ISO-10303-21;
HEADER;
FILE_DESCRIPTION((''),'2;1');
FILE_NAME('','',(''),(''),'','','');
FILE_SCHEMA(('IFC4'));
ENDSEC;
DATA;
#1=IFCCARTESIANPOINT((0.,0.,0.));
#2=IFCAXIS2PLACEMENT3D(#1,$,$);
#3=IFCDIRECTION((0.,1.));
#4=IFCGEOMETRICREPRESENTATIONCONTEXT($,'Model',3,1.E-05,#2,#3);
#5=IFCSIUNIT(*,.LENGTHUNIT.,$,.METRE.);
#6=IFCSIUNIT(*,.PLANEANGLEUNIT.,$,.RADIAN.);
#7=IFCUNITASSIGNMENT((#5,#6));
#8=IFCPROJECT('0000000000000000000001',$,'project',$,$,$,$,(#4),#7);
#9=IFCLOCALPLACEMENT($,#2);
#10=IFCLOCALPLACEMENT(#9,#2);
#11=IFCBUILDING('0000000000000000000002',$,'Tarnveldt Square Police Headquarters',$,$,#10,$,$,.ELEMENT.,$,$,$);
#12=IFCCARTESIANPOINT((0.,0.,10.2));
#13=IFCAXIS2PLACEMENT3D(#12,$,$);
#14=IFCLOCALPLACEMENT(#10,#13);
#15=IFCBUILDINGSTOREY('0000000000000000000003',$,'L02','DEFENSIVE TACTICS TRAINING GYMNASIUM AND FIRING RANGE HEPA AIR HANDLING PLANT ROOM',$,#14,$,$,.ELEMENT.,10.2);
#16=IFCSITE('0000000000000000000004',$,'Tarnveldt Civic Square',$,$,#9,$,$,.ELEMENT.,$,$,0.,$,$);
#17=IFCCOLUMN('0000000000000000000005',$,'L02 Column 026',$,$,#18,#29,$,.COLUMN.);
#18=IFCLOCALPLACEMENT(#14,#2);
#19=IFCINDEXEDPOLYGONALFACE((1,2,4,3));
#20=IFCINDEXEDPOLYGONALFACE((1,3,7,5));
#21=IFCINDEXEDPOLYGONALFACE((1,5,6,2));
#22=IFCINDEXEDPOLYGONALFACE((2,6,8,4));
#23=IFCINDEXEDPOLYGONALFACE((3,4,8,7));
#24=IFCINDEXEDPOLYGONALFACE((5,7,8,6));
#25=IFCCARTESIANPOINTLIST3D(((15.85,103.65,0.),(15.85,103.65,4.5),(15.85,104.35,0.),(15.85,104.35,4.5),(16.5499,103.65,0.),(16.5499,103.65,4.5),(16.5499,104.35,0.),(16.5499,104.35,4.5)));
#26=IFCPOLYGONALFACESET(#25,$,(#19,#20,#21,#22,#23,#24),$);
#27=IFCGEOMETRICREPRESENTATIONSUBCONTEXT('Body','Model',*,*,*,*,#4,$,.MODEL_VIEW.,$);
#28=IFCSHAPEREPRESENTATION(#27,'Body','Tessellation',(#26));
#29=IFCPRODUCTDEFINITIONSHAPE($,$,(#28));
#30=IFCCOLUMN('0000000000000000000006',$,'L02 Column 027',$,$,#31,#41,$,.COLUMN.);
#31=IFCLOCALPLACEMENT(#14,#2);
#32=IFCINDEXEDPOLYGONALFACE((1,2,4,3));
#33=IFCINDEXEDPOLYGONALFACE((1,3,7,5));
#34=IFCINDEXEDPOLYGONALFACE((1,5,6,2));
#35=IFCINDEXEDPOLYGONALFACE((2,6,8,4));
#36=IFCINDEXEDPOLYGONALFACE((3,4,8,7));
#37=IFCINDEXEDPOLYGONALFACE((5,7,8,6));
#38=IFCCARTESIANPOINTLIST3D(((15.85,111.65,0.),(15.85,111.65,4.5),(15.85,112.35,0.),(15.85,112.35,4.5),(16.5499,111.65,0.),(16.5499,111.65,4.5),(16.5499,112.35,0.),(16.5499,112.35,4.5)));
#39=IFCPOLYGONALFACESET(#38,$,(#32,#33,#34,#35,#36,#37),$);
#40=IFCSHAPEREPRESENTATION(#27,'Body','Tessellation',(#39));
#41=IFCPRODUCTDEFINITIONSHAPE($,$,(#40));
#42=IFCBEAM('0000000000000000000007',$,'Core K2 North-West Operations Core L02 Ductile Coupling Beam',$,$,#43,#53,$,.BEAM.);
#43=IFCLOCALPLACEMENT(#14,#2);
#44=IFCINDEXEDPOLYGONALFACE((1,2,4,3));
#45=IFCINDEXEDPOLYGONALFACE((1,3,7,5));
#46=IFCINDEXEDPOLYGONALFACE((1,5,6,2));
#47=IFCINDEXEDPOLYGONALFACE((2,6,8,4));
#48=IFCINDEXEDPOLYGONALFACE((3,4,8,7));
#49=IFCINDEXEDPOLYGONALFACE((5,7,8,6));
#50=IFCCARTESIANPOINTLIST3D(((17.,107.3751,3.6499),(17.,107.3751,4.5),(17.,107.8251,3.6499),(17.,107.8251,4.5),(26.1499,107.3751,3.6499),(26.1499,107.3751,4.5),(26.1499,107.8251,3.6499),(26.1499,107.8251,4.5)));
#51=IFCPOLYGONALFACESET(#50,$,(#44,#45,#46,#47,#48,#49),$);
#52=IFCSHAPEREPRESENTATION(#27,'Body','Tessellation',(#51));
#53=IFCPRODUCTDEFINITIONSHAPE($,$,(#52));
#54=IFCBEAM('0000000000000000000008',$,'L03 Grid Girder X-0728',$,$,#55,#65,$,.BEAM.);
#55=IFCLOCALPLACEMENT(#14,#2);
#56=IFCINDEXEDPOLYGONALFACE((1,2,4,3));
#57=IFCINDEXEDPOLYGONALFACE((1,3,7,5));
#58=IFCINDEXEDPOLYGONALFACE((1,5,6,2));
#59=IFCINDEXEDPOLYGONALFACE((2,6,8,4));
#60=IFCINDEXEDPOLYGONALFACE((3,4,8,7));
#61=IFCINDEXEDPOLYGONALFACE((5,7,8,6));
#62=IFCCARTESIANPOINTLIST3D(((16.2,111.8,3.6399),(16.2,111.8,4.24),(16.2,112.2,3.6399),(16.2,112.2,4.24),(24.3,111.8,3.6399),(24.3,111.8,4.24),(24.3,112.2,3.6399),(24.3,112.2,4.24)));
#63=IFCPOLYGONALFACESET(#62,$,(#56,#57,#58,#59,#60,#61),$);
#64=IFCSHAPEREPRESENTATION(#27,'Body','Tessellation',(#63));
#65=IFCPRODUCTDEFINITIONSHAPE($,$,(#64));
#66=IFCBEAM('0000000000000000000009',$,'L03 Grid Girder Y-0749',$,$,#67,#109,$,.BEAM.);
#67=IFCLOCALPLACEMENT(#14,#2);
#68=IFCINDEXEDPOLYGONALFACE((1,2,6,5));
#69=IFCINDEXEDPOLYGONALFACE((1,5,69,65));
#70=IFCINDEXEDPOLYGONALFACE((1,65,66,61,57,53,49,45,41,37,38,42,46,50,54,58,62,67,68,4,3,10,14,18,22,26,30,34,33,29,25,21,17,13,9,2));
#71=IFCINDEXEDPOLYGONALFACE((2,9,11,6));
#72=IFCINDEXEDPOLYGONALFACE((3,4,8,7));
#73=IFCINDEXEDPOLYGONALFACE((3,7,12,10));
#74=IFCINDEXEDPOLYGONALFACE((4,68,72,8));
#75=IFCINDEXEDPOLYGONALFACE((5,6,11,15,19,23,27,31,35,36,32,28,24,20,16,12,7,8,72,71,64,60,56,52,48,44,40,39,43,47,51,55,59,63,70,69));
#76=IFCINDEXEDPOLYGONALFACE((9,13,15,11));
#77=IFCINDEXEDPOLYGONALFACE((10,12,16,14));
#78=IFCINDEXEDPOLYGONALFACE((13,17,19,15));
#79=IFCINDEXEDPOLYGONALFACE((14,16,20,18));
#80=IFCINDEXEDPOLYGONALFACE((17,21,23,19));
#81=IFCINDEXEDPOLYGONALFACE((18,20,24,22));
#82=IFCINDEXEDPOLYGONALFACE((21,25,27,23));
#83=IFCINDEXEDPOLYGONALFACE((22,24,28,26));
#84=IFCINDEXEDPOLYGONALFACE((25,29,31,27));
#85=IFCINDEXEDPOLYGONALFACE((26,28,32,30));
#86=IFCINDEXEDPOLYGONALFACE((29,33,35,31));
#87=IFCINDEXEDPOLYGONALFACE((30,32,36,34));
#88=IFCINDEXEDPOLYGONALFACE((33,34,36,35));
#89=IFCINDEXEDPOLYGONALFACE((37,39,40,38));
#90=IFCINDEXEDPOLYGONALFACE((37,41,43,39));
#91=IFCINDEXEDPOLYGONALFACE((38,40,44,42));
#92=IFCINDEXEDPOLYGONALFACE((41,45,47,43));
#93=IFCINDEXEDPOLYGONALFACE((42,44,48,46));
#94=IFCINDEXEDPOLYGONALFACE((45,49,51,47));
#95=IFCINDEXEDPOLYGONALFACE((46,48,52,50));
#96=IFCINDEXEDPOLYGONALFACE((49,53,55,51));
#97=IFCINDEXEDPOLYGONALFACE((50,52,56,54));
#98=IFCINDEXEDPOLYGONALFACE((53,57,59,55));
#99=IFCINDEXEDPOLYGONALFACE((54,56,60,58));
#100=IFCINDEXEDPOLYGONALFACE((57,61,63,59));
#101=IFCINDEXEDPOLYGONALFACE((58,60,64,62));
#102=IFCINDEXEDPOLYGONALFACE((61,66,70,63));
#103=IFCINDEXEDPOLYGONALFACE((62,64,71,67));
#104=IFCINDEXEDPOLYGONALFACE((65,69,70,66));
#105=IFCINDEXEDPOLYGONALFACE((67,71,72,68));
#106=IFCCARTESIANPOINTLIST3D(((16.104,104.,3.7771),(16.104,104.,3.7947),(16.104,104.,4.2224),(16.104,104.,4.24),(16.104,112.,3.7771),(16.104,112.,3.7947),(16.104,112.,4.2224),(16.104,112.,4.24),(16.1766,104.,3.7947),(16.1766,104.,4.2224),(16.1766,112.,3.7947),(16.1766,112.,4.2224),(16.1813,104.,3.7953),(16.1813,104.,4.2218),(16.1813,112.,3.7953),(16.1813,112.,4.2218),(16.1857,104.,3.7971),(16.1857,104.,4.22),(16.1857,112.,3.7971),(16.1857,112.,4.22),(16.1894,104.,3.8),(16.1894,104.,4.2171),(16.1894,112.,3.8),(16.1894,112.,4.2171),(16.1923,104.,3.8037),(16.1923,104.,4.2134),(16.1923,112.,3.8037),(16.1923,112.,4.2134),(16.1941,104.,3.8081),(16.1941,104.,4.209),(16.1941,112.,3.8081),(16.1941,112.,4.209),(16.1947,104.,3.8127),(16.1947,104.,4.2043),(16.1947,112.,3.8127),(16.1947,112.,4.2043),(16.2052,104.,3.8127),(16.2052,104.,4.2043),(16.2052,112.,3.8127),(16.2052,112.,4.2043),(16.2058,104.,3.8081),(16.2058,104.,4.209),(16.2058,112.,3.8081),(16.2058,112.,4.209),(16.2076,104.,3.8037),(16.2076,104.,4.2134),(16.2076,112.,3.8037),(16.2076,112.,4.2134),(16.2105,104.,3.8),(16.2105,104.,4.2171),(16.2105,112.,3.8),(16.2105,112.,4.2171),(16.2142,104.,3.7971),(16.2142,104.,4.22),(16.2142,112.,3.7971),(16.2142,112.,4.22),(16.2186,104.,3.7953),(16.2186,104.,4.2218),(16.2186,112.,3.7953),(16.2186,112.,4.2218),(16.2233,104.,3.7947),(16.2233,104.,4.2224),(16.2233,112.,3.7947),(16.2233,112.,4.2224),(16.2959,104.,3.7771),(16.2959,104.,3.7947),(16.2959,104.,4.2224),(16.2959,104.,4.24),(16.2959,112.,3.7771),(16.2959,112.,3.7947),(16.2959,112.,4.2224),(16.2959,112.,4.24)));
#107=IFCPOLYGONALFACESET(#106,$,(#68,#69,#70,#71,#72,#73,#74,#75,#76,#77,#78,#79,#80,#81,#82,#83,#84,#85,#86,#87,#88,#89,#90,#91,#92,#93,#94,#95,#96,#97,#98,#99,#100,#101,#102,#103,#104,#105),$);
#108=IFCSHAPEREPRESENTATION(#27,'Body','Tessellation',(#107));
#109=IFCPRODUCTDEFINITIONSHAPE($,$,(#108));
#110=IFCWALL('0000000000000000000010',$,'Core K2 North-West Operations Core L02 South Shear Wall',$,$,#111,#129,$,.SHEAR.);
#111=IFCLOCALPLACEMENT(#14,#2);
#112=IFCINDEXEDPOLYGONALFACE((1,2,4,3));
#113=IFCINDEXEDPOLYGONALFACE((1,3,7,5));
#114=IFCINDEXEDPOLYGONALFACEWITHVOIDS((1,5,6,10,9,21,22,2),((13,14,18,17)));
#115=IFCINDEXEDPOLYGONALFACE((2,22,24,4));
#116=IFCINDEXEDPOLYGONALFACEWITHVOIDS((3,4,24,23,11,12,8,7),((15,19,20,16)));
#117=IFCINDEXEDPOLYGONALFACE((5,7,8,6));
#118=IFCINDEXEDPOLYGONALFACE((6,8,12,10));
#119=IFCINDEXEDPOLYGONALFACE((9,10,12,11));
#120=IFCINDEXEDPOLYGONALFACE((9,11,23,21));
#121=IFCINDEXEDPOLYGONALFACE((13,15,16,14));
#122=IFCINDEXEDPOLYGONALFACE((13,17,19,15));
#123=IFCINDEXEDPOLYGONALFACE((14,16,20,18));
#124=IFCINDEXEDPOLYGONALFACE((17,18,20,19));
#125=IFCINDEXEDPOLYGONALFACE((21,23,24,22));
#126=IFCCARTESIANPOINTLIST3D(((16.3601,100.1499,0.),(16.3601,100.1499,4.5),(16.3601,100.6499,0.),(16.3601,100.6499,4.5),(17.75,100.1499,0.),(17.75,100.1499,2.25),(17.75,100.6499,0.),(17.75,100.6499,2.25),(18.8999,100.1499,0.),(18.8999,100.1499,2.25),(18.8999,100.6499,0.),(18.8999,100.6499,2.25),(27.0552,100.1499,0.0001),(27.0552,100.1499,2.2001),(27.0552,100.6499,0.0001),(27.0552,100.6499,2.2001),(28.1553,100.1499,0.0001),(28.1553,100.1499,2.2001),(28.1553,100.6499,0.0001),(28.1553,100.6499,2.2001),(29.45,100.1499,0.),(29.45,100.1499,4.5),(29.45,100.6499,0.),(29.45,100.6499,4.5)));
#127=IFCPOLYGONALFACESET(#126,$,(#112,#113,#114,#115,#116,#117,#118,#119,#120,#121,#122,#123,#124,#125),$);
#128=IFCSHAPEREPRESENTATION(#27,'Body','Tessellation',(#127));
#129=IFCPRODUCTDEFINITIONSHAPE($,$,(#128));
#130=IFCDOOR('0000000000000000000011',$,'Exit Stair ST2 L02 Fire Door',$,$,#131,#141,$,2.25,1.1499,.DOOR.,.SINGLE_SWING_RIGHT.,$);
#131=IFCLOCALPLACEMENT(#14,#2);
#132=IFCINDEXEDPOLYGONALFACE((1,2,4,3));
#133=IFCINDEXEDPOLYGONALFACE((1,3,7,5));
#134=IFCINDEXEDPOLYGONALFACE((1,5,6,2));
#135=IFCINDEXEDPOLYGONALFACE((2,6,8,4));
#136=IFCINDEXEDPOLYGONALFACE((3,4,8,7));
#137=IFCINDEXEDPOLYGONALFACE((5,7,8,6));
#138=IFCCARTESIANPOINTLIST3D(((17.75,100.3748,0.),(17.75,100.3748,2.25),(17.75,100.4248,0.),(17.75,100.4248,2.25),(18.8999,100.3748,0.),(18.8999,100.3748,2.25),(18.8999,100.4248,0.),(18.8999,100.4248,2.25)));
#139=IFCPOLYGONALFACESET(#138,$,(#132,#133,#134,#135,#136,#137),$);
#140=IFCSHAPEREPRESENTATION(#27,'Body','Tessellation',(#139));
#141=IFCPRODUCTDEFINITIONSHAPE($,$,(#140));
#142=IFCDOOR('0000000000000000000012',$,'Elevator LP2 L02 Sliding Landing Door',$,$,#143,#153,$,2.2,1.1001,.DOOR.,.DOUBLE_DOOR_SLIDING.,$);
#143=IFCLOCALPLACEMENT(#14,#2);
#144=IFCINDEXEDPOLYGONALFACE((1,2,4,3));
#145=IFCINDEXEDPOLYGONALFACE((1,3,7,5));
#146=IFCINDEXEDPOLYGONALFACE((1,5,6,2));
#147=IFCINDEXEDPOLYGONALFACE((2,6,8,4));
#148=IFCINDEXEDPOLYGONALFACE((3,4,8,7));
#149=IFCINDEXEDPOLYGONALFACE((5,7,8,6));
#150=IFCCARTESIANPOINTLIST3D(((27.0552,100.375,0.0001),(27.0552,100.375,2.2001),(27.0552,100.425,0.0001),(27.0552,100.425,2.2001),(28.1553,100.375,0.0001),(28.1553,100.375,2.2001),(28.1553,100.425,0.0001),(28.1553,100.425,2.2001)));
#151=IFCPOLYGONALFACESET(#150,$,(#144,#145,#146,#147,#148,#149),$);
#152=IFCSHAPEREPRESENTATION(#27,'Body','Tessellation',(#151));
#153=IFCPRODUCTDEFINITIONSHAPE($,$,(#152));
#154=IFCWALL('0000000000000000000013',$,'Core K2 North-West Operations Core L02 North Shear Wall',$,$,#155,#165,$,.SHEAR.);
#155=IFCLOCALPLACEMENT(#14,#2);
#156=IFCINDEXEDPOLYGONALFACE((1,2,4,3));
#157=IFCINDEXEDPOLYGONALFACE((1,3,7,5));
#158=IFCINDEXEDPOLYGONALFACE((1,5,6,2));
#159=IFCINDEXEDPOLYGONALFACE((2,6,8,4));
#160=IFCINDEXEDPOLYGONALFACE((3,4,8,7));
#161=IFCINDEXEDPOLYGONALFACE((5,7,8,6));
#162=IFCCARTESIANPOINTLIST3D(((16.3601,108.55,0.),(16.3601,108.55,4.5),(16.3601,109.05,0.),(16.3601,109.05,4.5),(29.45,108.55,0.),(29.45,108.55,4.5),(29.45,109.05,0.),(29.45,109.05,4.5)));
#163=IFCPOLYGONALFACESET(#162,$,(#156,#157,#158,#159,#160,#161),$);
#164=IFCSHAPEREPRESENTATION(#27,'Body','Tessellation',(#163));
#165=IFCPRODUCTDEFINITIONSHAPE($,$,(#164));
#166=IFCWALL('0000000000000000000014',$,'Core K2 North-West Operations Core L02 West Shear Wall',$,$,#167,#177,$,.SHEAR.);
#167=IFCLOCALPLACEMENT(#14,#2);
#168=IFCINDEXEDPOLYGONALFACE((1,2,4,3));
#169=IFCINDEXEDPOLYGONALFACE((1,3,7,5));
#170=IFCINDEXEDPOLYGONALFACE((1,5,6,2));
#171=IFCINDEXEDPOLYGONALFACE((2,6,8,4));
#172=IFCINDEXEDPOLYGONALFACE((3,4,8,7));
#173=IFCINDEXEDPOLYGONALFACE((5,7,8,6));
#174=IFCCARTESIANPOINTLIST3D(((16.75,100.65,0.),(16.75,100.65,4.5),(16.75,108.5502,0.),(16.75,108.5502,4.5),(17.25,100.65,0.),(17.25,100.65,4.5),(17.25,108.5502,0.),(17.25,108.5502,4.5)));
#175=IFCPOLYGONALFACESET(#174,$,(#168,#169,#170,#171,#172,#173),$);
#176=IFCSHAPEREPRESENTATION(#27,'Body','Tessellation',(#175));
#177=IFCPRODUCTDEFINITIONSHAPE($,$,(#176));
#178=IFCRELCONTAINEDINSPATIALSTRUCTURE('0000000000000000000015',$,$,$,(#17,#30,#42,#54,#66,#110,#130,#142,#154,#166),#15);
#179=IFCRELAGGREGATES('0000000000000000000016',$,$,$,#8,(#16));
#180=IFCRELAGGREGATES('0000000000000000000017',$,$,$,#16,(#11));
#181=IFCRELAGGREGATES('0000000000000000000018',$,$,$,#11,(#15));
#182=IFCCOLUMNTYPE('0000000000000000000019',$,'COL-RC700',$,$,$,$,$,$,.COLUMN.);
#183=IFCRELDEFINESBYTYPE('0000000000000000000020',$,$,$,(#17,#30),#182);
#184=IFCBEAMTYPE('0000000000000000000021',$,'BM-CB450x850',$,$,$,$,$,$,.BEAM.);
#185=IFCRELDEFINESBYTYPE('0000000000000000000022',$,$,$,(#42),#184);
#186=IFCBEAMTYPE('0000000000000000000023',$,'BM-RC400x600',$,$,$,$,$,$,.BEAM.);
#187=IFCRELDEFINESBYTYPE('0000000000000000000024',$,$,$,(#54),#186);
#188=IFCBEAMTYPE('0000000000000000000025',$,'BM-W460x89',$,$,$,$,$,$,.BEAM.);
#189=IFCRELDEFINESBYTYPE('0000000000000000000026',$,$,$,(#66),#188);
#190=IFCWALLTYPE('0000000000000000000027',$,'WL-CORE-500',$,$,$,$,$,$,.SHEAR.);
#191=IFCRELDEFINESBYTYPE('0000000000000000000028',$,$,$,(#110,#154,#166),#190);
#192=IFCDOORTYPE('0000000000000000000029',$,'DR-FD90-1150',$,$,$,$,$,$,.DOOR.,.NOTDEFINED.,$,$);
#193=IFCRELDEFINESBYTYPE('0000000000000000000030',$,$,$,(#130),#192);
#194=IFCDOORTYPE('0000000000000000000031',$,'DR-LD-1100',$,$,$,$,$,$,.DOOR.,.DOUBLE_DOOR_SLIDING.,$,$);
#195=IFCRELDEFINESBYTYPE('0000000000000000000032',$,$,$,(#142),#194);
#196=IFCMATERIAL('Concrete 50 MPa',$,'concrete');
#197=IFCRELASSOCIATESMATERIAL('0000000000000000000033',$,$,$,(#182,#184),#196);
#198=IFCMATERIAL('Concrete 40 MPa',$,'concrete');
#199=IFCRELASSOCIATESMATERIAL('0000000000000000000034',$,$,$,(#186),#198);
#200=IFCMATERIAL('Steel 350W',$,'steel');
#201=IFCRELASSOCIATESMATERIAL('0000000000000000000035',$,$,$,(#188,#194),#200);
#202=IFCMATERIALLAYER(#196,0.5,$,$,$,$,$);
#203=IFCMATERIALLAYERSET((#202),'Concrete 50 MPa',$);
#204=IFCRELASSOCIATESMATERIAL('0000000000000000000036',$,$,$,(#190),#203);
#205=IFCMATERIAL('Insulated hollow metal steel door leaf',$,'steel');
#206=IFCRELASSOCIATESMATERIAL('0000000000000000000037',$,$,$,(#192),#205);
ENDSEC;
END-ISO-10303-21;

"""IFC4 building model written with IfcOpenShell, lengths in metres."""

from ifc_helpers import new_model, si_unit, direction, frame, frame_2d, origin, origin_2d, place, context, subcontext, project, spatial, rectangle, i_section, extrude, material, layer, layer_set, material_profile, profile_set, type_object, element, fill, save


model = new_model("IFC4")

# Units and contexts
model_context = context("Model", 3, precision=1e-05, world=origin(), true_north=direction((0.0, 1.0)))
body_context = subcontext(model_context, "Body", "Model", "MODEL_VIEW")
ifc_project = project(units=[si_unit("LENGTHUNIT", "METRE"), si_unit("PLANEANGLEUNIT", "RADIAN")], contexts=[model_context])

# Site, building, storey
site_placement = place(None, origin())
site = spatial("IfcSite", under=ifc_project, at=site_placement, Name="Tarnveldt Civic Square", CompositionType="ELEMENT", RefElevation=0.0)
building_placement = place(site_placement, origin())
building = spatial("IfcBuilding", under=site, at=building_placement, Name="Tarnveldt Square Police Headquarters", CompositionType="ELEMENT")
storey_placement = place(building_placement, frame((0.0, 0.0, 10.2)))
storey = spatial("IfcBuildingStorey", under=building, at=storey_placement, Name="L02", Description="DEFENSIVE TACTICS TRAINING GYMNASIUM AND FIRING RANGE HEPA AIR HANDLING PLANT ROOM", CompositionType="ELEMENT", Elevation=10.2)

# Columns
ifc_material_1 = material(Name="Concrete 50 MPa", Category="concrete")
ifc_material_profile_1 = material_profile(ifc_material_1, rectangle(XDim=0.7, YDim=0.7, at=origin_2d()), Name="RC-C700x700")
ifc_profile_set_1 = profile_set([ifc_material_profile_1], Name="Concrete 50 MPa")
column_type = type_object("IfcColumnType", Name="COL-RC700", PredefinedType="COLUMN", material=ifc_profile_set_1)
for number, where, z_axis, x_axis, name in (
    (1, (16.2, 104.0, 0.0), (0.0, 0.0, 1.0), (1.0, 0.0, 0.0), "L02 Column 026"),
    (2, (16.2, 112.0, 0.0), (0.0, 0.0, 1.0), (1.0, 0.0, 0.0), "L02 Column 027"),
):
    element("IfcColumn", number, at=place(storey_placement, frame(where, z_axis=z_axis, x_axis=x_axis)), inside=storey, type_object=column_type, Name=name, PredefinedType="COLUMN", context=body_context, shape_type="SweptSolid", body=[
        extrude(rectangle(XDim=0.7, YDim=0.7, at=origin_2d()), origin(), (0.0, 0.0, 1.0), 4.5),
    ])

# Beams
ifc_material_profile_2 = material_profile(ifc_material_1, rectangle(XDim=0.45, YDim=0.8501, at=origin_2d()), Name="RC-CB450x850")
ifc_profile_set_2 = profile_set([ifc_material_profile_2], Name="Concrete 50 MPa")
beam_type_1 = type_object("IfcBeamType", Name="BM-CB450x850", PredefinedType="BEAM", material=ifc_profile_set_2)
beam_1_placement = place(storey_placement, frame((17.0, 107.6001, 4.075), z_axis=(1.0, 0.0, 0.0), x_axis=(0.0, 1.0, 0.0)))
element("IfcBeam", 3, at=beam_1_placement, inside=storey, type_object=beam_type_1, Name="Core K2 North-West Operations Core L02 Ductile Coupling Beam", PredefinedType="BEAM", context=body_context, shape_type="SweptSolid", body=[
    extrude(rectangle(XDim=0.45, YDim=0.8501, at=origin_2d()), origin(), (0.0, 0.0, 1.0), 9.1499),
])
ifc_material_2 = material(Name="Concrete 40 MPa", Category="concrete")
ifc_material_profile_3 = material_profile(ifc_material_2, rectangle(XDim=0.3999, YDim=0.6001, at=origin_2d()), Name="RC-B400x600")
ifc_profile_set_3 = profile_set([ifc_material_profile_3], Name="Concrete 40 MPa")
beam_type_2 = type_object("IfcBeamType", Name="BM-RC400x600", PredefinedType="BEAM", material=ifc_profile_set_3)
beam_2_placement = place(storey_placement, frame((16.2, 112.0, 3.9399), z_axis=(1.0, 0.0, 0.0), x_axis=(0.0, 1.0, 0.0)))
element("IfcBeam", 4, at=beam_2_placement, inside=storey, type_object=beam_type_2, Name="L03 Grid Girder X-0728", PredefinedType="BEAM", context=body_context, shape_type="SweptSolid", body=[
    extrude(rectangle(XDim=0.3999, YDim=0.6001, at=origin_2d()), origin(), (0.0, 0.0, 1.0), 8.1001),
])
ifc_material_3 = material(Name="Steel 350W", Category="steel")
ifc_material_profile_4 = material_profile(ifc_material_3, i_section(OverallWidth=0.1919, OverallDepth=0.4629, WebThickness=0.0105, FlangeThickness=0.0176, FilletRadius=0.0181, at=origin_2d()), Name="W460x89")
ifc_profile_set_4 = profile_set([ifc_material_profile_4], Name="Steel 350W")
beam_type_3 = type_object("IfcBeamType", Name="BM-W460x89", PredefinedType="BEAM", material=ifc_profile_set_4)
beam_3_placement = place(storey_placement, frame((16.2, 104.0, 4.0085), z_axis=(0.0, 1.0, 0.0), x_axis=(-1.0, 0.0, 0.0)))
element("IfcBeam", 5, at=beam_3_placement, inside=storey, type_object=beam_type_3, Name="L03 Grid Girder Y-0749", PredefinedType="BEAM", context=body_context, shape_type="SweptSolid", body=[
    extrude(i_section(OverallWidth=0.1919, OverallDepth=0.4629, WebThickness=0.0105, FlangeThickness=0.0176, FilletRadius=0.0181, at=origin_2d()), origin(), (0.0, 0.0, 1.0), 8.0),
])

# Wall, openings, doors
ifc_layer_1 = layer(ifc_material_1, 0.5)
ifc_layer_set_1 = layer_set([ifc_layer_1], Name="Concrete 50 MPa")
wall_type_1 = type_object("IfcWallType", Name="WL-CORE-500", PredefinedType="SHEAR", material=ifc_layer_set_1)
wall_1_placement = place(storey_placement, frame((16.3601, 100.3999, 0.0), z_axis=(0.0, 0.0, 1.0), x_axis=(1.0, 0.0, 0.0)))
wall_1 = element("IfcWall", 6, at=wall_1_placement, inside=storey, type_object=wall_type_1, Name="Core K2 North-West Operations Core L02 South Shear Wall", PredefinedType="SHEAR", context=body_context, shape_type="SweptSolid", body=[
    extrude(rectangle(XDim=13.0898, YDim=0.5, at=frame_2d((6.5449, 0.0))), origin(), (0.0, 0.0, 1.0), 4.5),
])
opening_1_placement = place(wall_1_placement, frame((1.3899, 0.0, 0.0)))
opening_1 = element("IfcOpeningElement", 7, at=opening_1_placement, cuts=wall_1, PredefinedType="OPENING", context=body_context, shape_type="SweptSolid", body=[
    extrude(rectangle(XDim=1.1499, YDim=2.25, at=frame_2d((0.575, 1.125))), frame((0.0, 0.26, 0.0), z_axis=(0.0, -1.0, 0.0), x_axis=(1.0, 0.0, 0.0)), (0.0, 0.0, 1.0), 0.52),
])
opening_2_placement = place(wall_1_placement, frame((10.6951, 0.0, 0.0)))
opening_2 = element("IfcOpeningElement", 8, at=opening_2_placement, cuts=wall_1, PredefinedType="OPENING", context=body_context, shape_type="SweptSolid", body=[
    extrude(rectangle(XDim=1.1001, YDim=2.2, at=frame_2d((0.55, 1.1001))), frame((0.0, 0.26, 0.0), z_axis=(0.0, -1.0, 0.0), x_axis=(1.0, 0.0, 0.0)), (0.0, 0.0, 1.0), 0.52),
])
ifc_material_4 = material(Name="Insulated hollow metal steel door leaf", Category="steel")
door_type_1 = type_object("IfcDoorType", Name="DR-FD90-1150", OperationType="NOTDEFINED", PredefinedType="DOOR", material=ifc_material_4)
door_1_placement = place(opening_1_placement, origin())
door_1 = element("IfcDoor", 9, at=door_1_placement, inside=storey, type_object=door_type_1, Name="Exit Stair ST2 L02 Fire Door", OperationType="SINGLE_SWING_RIGHT", OverallHeight=2.25, OverallWidth=1.1499, PredefinedType="DOOR", context=body_context, shape_type="SweptSolid", body=[
    extrude(rectangle(XDim=1.1499, YDim=2.25, at=frame_2d((0.575, 1.125))), frame((0.0, 0.0249, 0.0), z_axis=(0.0, -1.0, 0.0), x_axis=(1.0, 0.0, 0.0)), (0.0, 0.0, 1.0), 0.05),
])
fill(opening_1, door_1)
door_type_2 = type_object("IfcDoorType", Name="DR-LD-1100", OperationType="DOUBLE_DOOR_SLIDING", PredefinedType="DOOR", material=ifc_material_3)
door_2_placement = place(opening_2_placement, frame((1.1001, 0.0, 0.0), z_axis=(0.0, 0.0, 1.0), x_axis=(-1.0, 0.0, 0.0)))
door_2 = element("IfcDoor", 10, at=door_2_placement, inside=storey, type_object=door_type_2, Name="Elevator LP2 L02 Sliding Landing Door", OperationType="DOUBLE_DOOR_SLIDING", OverallHeight=2.2, OverallWidth=1.1001, PredefinedType="DOOR", context=body_context, shape_type="SweptSolid", body=[
    extrude(rectangle(XDim=1.1001, YDim=2.2, at=frame_2d((0.55, 1.1001))), frame((0.0, 0.0249, 0.0), z_axis=(0.0, -1.0, 0.0), x_axis=(1.0, 0.0, 0.0)), (0.0, 0.0, 1.0), 0.05),
])
fill(opening_2, door_2)

# Walls
wall_2_placement = place(storey_placement, frame((16.3601, 108.8, 0.0), z_axis=(0.0, 0.0, 1.0), x_axis=(1.0, 0.0, 0.0)))
element("IfcWall", 11, at=wall_2_placement, inside=storey, type_object=wall_type_1, Name="Core K2 North-West Operations Core L02 North Shear Wall", PredefinedType="SHEAR", context=body_context, shape_type="SweptSolid", body=[
    extrude(rectangle(XDim=13.0898, YDim=0.5, at=frame_2d((6.5449, 0.0))), origin(), (0.0, 0.0, 1.0), 4.5),
])
wall_3_placement = place(storey_placement, frame((17.0, 100.6499, 0.0), z_axis=(0.0, 0.0, 1.0), x_axis=(0.0, 1.0, 0.0)))
element("IfcWall", 12, at=wall_3_placement, inside=storey, type_object=wall_type_1, Name="Core K2 North-West Operations Core L02 West Shear Wall", PredefinedType="SHEAR", context=body_context, shape_type="SweptSolid", body=[
    extrude(rectangle(XDim=7.9001, YDim=0.5, at=frame_2d((3.9502, 0.0))), origin(), (0.0, 0.0, 1.0), 4.5),
])

save(model, "model.ifc")
